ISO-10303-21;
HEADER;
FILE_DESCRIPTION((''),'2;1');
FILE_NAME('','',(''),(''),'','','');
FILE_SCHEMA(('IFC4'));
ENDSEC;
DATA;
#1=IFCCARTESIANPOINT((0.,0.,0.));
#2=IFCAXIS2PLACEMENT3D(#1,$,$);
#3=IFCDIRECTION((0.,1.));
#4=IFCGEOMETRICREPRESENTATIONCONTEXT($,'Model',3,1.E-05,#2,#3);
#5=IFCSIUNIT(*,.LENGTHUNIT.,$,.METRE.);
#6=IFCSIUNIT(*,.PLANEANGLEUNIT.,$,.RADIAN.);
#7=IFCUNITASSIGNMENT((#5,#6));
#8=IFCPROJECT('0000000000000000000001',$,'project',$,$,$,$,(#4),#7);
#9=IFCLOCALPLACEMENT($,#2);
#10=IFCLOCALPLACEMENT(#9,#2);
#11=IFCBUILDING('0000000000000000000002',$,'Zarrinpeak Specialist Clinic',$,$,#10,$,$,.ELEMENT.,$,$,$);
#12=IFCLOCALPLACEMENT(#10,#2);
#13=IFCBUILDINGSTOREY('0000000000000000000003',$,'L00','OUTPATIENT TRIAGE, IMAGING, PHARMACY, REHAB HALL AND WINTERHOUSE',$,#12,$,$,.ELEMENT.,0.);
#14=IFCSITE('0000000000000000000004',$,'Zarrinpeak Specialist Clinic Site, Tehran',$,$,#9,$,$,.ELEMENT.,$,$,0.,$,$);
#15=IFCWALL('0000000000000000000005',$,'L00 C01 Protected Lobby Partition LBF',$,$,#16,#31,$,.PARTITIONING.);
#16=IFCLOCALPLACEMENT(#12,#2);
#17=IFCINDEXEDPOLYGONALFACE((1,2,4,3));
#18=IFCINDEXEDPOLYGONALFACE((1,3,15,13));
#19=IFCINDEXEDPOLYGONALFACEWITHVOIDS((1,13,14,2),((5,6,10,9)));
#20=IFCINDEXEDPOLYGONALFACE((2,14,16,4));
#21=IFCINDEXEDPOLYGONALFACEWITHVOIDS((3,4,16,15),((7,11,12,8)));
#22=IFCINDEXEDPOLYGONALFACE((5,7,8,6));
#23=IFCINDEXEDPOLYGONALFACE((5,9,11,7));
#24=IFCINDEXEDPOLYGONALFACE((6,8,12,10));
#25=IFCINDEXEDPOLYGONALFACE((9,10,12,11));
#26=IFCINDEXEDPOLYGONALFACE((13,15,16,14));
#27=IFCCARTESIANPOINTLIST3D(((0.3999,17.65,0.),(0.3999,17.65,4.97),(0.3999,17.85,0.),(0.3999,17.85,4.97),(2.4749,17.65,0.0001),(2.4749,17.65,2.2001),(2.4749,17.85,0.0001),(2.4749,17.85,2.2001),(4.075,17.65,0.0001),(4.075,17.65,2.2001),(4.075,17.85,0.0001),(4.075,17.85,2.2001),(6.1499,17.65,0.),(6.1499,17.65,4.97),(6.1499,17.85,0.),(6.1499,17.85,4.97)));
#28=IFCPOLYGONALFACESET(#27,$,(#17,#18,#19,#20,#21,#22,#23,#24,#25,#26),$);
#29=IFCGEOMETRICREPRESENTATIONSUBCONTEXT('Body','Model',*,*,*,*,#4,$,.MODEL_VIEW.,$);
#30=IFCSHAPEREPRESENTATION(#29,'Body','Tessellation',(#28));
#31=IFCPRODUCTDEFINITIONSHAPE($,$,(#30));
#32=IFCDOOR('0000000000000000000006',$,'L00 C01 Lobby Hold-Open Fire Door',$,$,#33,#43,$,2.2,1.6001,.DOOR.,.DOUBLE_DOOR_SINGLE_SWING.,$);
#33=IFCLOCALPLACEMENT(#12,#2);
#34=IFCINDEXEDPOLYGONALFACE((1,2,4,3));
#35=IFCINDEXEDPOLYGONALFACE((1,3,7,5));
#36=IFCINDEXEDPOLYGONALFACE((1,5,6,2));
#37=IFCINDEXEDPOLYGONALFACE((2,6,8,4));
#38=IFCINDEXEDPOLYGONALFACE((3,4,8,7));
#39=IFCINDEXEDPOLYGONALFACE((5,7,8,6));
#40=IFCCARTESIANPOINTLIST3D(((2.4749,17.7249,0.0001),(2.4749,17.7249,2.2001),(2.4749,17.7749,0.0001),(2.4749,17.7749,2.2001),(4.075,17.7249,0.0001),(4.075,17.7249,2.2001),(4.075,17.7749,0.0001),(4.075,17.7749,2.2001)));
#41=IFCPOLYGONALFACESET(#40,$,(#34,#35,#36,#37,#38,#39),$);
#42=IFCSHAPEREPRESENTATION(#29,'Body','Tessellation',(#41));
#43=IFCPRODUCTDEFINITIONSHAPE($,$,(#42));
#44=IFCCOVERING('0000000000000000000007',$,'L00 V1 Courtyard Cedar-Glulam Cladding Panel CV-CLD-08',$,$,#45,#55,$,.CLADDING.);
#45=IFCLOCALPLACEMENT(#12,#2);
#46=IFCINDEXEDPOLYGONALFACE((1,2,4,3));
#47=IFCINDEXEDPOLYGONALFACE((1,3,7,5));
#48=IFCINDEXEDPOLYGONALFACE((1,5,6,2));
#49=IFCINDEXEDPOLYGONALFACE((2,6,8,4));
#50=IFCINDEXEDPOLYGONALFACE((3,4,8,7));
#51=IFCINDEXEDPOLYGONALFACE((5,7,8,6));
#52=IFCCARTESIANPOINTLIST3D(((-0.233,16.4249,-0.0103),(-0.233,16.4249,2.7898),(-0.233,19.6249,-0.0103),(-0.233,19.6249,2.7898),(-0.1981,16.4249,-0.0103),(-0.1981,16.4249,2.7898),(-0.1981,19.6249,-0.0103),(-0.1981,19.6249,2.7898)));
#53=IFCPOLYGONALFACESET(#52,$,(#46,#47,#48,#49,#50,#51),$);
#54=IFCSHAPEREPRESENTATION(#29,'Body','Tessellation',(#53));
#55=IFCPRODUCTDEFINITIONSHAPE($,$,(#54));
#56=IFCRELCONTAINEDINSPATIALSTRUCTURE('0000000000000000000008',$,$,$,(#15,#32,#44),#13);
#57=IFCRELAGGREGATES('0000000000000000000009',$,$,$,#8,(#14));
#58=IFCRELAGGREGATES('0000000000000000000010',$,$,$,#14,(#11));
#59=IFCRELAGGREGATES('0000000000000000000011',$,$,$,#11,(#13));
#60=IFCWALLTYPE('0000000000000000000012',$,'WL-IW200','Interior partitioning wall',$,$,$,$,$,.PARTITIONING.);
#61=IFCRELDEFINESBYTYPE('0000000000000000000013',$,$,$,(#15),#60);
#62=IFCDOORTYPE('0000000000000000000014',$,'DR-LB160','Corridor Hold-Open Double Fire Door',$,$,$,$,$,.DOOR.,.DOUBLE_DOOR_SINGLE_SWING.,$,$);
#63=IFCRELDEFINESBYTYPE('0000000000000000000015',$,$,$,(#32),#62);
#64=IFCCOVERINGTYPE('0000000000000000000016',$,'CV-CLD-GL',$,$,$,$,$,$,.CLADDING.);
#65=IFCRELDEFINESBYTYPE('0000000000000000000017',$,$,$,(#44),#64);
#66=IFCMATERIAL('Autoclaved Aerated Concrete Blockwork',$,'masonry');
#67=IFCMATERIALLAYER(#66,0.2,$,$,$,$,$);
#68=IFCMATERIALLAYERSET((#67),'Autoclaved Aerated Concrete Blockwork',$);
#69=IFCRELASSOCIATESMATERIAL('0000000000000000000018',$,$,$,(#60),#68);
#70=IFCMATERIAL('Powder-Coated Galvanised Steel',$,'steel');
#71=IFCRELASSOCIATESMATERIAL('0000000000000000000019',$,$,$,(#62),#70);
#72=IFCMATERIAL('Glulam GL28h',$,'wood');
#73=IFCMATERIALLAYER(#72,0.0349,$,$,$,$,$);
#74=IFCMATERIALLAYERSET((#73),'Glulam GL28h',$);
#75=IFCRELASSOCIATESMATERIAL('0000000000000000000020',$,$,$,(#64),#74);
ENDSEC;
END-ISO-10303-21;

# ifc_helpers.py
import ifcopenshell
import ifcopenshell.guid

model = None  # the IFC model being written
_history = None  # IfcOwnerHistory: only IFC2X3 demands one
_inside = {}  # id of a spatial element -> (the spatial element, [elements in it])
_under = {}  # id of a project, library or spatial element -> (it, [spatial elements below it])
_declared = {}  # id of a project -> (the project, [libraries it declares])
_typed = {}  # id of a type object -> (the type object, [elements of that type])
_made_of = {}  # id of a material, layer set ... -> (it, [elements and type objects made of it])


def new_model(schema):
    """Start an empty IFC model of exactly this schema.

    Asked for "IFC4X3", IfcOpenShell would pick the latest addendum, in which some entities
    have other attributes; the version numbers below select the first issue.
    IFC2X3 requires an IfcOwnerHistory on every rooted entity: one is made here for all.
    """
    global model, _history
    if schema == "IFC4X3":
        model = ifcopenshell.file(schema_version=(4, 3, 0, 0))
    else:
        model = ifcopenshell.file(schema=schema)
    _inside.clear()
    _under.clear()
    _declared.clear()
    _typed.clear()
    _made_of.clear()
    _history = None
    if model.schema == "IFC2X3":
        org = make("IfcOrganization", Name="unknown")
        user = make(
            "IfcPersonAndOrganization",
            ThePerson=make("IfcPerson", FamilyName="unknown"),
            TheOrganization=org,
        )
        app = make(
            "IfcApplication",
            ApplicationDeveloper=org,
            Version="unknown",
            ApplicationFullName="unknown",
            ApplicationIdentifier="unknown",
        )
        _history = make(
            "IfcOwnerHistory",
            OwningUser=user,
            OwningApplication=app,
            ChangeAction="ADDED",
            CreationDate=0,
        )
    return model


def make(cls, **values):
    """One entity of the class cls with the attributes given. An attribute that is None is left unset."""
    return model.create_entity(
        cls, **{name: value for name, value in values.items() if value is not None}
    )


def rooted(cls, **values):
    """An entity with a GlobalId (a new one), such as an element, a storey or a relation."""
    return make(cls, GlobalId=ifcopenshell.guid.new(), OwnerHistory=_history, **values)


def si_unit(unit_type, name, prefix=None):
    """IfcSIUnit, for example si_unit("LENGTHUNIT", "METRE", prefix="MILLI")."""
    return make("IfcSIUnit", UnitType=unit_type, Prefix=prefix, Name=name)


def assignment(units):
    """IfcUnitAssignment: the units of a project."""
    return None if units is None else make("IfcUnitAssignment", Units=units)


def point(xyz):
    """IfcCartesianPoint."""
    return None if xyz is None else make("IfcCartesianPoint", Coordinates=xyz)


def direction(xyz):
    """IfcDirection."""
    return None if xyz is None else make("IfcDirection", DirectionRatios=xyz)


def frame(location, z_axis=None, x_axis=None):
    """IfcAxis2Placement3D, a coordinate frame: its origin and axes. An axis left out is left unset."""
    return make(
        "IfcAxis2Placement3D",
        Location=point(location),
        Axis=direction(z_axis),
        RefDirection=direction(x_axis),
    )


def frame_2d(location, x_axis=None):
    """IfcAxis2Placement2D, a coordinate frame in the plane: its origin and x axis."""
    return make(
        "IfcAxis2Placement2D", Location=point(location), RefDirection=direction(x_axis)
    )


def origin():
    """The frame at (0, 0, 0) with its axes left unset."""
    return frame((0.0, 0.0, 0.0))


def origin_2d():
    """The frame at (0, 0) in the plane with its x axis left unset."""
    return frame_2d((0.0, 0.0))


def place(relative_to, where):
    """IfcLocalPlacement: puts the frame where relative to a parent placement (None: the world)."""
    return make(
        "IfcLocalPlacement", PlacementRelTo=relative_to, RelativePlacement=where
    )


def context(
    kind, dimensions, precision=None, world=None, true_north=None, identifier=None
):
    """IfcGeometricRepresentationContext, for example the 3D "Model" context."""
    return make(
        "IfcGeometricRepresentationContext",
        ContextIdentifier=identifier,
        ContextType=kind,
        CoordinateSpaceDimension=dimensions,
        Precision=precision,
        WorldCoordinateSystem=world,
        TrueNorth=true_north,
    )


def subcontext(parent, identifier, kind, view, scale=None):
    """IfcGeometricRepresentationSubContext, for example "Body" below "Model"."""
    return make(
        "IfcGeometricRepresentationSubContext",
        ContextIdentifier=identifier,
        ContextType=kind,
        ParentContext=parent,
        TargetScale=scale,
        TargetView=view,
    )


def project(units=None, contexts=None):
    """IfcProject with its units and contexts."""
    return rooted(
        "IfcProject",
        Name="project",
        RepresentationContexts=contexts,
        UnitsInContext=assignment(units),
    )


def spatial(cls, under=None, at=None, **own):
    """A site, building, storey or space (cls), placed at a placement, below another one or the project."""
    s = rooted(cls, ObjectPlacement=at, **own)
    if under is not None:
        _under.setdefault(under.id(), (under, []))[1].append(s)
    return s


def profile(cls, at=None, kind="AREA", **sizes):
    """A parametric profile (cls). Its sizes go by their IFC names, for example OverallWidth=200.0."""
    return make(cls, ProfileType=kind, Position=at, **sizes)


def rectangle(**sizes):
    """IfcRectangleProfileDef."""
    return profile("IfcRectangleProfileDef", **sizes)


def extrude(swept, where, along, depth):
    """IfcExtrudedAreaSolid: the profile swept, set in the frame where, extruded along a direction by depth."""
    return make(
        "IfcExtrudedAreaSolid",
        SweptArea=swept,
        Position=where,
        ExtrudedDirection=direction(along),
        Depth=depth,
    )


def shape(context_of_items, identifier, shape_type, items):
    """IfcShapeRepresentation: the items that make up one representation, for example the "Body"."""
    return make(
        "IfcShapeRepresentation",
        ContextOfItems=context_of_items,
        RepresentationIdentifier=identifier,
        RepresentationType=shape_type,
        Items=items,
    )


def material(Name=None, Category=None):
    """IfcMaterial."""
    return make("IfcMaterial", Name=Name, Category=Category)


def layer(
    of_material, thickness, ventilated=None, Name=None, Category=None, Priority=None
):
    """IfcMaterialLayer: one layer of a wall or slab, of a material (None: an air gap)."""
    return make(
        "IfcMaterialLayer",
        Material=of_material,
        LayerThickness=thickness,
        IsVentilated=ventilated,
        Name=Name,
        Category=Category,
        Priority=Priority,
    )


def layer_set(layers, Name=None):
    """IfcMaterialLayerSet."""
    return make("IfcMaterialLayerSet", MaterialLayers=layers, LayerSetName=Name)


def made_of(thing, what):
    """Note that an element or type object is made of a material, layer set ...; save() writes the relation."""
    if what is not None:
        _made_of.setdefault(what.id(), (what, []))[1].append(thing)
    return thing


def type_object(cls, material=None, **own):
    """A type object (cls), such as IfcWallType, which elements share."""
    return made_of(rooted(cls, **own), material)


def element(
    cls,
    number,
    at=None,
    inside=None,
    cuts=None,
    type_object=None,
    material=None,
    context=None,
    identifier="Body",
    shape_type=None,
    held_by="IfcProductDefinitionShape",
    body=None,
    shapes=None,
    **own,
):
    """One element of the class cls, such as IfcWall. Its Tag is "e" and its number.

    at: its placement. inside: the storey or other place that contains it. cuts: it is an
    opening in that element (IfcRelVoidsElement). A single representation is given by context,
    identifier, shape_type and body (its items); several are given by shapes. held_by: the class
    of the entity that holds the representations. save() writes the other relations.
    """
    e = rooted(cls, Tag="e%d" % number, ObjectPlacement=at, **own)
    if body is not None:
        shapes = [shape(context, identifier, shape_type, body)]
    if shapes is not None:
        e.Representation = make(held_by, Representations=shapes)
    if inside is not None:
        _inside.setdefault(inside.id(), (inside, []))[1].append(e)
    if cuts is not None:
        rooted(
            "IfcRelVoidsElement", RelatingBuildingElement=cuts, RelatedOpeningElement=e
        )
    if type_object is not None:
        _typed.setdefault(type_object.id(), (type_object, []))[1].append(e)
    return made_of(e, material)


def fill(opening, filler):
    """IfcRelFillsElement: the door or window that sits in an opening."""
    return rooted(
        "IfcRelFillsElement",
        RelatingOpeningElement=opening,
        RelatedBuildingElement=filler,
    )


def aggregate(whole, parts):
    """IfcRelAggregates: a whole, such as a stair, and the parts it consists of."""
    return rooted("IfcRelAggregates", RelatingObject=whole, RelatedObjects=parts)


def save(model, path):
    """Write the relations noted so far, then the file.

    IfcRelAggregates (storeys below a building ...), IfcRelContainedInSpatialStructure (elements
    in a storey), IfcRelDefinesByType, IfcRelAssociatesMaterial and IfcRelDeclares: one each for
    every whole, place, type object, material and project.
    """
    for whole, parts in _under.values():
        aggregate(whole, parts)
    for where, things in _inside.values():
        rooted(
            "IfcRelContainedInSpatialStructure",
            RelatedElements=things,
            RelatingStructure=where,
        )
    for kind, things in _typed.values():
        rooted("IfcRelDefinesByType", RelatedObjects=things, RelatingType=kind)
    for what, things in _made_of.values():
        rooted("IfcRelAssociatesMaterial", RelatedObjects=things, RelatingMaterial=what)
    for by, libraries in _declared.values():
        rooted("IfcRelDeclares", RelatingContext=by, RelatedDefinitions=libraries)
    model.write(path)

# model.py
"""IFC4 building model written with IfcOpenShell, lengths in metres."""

from ifc_helpers import new_model, si_unit, direction, frame, frame_2d, origin, origin_2d, place, context, subcontext, project, spatial, rectangle, extrude, material, layer, layer_set, type_object, element, fill, save


model = new_model("IFC4")

# Units and contexts
model_context = context("Model", 3, precision=1e-05, world=origin(), true_north=direction((0.0, 1.0)))
body_context = subcontext(model_context, "Body", "Model", "MODEL_VIEW")
ifc_project = project(units=[si_unit("LENGTHUNIT", "METRE"), si_unit("PLANEANGLEUNIT", "RADIAN")], contexts=[model_context])

# Site, building, storey
site_placement = place(None, origin())
site = spatial("IfcSite", under=ifc_project, at=site_placement, Name="Zarrinpeak Specialist Clinic Site, Tehran", CompositionType="ELEMENT", RefElevation=0.0)
building_placement = place(site_placement, origin())
building = spatial("IfcBuilding", under=site, at=building_placement, Name="Zarrinpeak Specialist Clinic", CompositionType="ELEMENT")
storey_placement = place(building_placement, origin())
storey = spatial("IfcBuildingStorey", under=building, at=storey_placement, Name="L00", Description="OUTPATIENT TRIAGE, IMAGING, PHARMACY, REHAB HALL AND WINTERHOUSE", CompositionType="ELEMENT", Elevation=0.0)

# Shared definitions
ifc_material_1 = material(Name="Powder-Coated Galvanised Steel", Category="steel")

# Wall, opening, door
ifc_material_2 = material(Name="Autoclaved Aerated Concrete Blockwork", Category="masonry")
ifc_layer_1 = layer(ifc_material_2, 0.2)
ifc_layer_set_1 = layer_set([ifc_layer_1], Name="Autoclaved Aerated Concrete Blockwork")
wall_type_1 = type_object("IfcWallType", Name="WL-IW200", Description="Interior partitioning wall", PredefinedType="PARTITIONING", material=ifc_layer_set_1)
wall_1_placement = place(storey_placement, frame((0.3999, 17.75, 0.0), z_axis=(0.0, 0.0, 1.0), x_axis=(1.0, 0.0, 0.0)))
wall_1 = element("IfcWall", 1, at=wall_1_placement, inside=storey, type_object=wall_type_1, Name="L00 C01 Protected Lobby Partition LBF", PredefinedType="PARTITIONING", context=body_context, shape_type="SweptSolid", body=[
    extrude(rectangle(XDim=5.75, YDim=0.2, at=frame_2d((2.875, 0.0))), origin(), (0.0, 0.0, 1.0), 4.97),
])
opening_1_placement = place(wall_1_placement, frame((2.075, 0.0, 0.0)))
opening_1 = element("IfcOpeningElement", 2, at=opening_1_placement, cuts=wall_1, PredefinedType="OPENING", context=body_context, shape_type="SweptSolid", body=[
    extrude(rectangle(XDim=1.6001, YDim=2.2, at=frame_2d((0.8, 1.1001))), frame((0.0, 0.1099, 0.0), z_axis=(0.0, -1.0, 0.0), x_axis=(1.0, 0.0, 0.0)), (0.0, 0.0, 1.0), 0.22),
])
door_type_1 = type_object("IfcDoorType", Name="DR-LB160", Description="Corridor Hold-Open Double Fire Door", OperationType="DOUBLE_DOOR_SINGLE_SWING", PredefinedType="DOOR", material=ifc_material_1)
door_1_placement = place(opening_1_placement, origin())
door_1 = element("IfcDoor", 3, at=door_1_placement, inside=storey, type_object=door_type_1, Name="L00 C01 Lobby Hold-Open Fire Door", OperationType="DOUBLE_DOOR_SINGLE_SWING", OverallHeight=2.2, OverallWidth=1.6001, PredefinedType="DOOR", context=body_context, shape_type="SweptSolid", body=[
    extrude(rectangle(XDim=1.6001, YDim=2.2, at=frame_2d((0.8, 1.1001))), frame((0.0, 0.0249, 0.0), z_axis=(0.0, -1.0, 0.0), x_axis=(1.0, 0.0, 0.0)), (0.0, 0.0, 1.0), 0.05),
])
fill(opening_1, door_1)

# Covering
ifc_material_3 = material(Name="Glulam GL28h", Category="wood")
ifc_layer_2 = layer(ifc_material_3, 0.0349)
ifc_layer_set_2 = layer_set([ifc_layer_2], Name="Glulam GL28h")
covering_type = type_object("IfcCoveringType", Name="CV-CLD-GL", PredefinedType="CLADDING", material=ifc_layer_set_2)
covering_placement = place(storey_placement, frame((-0.2156, 18.0249, -0.0103), z_axis=(0.0, 0.0, 1.0), x_axis=(1.0, 0.0, 0.0)))
element("IfcCovering", 4, at=covering_placement, inside=storey, type_object=covering_type, Name="L00 V1 Courtyard Cedar-Glulam Cladding Panel CV-CLD-08", PredefinedType="CLADDING", context=body_context, shape_type="SweptSolid", body=[
    extrude(rectangle(XDim=0.0349, YDim=3.2, at=origin_2d()), origin(), (0.0, 0.0, 1.0), 2.8),
])

save(model, "model.ifc")
